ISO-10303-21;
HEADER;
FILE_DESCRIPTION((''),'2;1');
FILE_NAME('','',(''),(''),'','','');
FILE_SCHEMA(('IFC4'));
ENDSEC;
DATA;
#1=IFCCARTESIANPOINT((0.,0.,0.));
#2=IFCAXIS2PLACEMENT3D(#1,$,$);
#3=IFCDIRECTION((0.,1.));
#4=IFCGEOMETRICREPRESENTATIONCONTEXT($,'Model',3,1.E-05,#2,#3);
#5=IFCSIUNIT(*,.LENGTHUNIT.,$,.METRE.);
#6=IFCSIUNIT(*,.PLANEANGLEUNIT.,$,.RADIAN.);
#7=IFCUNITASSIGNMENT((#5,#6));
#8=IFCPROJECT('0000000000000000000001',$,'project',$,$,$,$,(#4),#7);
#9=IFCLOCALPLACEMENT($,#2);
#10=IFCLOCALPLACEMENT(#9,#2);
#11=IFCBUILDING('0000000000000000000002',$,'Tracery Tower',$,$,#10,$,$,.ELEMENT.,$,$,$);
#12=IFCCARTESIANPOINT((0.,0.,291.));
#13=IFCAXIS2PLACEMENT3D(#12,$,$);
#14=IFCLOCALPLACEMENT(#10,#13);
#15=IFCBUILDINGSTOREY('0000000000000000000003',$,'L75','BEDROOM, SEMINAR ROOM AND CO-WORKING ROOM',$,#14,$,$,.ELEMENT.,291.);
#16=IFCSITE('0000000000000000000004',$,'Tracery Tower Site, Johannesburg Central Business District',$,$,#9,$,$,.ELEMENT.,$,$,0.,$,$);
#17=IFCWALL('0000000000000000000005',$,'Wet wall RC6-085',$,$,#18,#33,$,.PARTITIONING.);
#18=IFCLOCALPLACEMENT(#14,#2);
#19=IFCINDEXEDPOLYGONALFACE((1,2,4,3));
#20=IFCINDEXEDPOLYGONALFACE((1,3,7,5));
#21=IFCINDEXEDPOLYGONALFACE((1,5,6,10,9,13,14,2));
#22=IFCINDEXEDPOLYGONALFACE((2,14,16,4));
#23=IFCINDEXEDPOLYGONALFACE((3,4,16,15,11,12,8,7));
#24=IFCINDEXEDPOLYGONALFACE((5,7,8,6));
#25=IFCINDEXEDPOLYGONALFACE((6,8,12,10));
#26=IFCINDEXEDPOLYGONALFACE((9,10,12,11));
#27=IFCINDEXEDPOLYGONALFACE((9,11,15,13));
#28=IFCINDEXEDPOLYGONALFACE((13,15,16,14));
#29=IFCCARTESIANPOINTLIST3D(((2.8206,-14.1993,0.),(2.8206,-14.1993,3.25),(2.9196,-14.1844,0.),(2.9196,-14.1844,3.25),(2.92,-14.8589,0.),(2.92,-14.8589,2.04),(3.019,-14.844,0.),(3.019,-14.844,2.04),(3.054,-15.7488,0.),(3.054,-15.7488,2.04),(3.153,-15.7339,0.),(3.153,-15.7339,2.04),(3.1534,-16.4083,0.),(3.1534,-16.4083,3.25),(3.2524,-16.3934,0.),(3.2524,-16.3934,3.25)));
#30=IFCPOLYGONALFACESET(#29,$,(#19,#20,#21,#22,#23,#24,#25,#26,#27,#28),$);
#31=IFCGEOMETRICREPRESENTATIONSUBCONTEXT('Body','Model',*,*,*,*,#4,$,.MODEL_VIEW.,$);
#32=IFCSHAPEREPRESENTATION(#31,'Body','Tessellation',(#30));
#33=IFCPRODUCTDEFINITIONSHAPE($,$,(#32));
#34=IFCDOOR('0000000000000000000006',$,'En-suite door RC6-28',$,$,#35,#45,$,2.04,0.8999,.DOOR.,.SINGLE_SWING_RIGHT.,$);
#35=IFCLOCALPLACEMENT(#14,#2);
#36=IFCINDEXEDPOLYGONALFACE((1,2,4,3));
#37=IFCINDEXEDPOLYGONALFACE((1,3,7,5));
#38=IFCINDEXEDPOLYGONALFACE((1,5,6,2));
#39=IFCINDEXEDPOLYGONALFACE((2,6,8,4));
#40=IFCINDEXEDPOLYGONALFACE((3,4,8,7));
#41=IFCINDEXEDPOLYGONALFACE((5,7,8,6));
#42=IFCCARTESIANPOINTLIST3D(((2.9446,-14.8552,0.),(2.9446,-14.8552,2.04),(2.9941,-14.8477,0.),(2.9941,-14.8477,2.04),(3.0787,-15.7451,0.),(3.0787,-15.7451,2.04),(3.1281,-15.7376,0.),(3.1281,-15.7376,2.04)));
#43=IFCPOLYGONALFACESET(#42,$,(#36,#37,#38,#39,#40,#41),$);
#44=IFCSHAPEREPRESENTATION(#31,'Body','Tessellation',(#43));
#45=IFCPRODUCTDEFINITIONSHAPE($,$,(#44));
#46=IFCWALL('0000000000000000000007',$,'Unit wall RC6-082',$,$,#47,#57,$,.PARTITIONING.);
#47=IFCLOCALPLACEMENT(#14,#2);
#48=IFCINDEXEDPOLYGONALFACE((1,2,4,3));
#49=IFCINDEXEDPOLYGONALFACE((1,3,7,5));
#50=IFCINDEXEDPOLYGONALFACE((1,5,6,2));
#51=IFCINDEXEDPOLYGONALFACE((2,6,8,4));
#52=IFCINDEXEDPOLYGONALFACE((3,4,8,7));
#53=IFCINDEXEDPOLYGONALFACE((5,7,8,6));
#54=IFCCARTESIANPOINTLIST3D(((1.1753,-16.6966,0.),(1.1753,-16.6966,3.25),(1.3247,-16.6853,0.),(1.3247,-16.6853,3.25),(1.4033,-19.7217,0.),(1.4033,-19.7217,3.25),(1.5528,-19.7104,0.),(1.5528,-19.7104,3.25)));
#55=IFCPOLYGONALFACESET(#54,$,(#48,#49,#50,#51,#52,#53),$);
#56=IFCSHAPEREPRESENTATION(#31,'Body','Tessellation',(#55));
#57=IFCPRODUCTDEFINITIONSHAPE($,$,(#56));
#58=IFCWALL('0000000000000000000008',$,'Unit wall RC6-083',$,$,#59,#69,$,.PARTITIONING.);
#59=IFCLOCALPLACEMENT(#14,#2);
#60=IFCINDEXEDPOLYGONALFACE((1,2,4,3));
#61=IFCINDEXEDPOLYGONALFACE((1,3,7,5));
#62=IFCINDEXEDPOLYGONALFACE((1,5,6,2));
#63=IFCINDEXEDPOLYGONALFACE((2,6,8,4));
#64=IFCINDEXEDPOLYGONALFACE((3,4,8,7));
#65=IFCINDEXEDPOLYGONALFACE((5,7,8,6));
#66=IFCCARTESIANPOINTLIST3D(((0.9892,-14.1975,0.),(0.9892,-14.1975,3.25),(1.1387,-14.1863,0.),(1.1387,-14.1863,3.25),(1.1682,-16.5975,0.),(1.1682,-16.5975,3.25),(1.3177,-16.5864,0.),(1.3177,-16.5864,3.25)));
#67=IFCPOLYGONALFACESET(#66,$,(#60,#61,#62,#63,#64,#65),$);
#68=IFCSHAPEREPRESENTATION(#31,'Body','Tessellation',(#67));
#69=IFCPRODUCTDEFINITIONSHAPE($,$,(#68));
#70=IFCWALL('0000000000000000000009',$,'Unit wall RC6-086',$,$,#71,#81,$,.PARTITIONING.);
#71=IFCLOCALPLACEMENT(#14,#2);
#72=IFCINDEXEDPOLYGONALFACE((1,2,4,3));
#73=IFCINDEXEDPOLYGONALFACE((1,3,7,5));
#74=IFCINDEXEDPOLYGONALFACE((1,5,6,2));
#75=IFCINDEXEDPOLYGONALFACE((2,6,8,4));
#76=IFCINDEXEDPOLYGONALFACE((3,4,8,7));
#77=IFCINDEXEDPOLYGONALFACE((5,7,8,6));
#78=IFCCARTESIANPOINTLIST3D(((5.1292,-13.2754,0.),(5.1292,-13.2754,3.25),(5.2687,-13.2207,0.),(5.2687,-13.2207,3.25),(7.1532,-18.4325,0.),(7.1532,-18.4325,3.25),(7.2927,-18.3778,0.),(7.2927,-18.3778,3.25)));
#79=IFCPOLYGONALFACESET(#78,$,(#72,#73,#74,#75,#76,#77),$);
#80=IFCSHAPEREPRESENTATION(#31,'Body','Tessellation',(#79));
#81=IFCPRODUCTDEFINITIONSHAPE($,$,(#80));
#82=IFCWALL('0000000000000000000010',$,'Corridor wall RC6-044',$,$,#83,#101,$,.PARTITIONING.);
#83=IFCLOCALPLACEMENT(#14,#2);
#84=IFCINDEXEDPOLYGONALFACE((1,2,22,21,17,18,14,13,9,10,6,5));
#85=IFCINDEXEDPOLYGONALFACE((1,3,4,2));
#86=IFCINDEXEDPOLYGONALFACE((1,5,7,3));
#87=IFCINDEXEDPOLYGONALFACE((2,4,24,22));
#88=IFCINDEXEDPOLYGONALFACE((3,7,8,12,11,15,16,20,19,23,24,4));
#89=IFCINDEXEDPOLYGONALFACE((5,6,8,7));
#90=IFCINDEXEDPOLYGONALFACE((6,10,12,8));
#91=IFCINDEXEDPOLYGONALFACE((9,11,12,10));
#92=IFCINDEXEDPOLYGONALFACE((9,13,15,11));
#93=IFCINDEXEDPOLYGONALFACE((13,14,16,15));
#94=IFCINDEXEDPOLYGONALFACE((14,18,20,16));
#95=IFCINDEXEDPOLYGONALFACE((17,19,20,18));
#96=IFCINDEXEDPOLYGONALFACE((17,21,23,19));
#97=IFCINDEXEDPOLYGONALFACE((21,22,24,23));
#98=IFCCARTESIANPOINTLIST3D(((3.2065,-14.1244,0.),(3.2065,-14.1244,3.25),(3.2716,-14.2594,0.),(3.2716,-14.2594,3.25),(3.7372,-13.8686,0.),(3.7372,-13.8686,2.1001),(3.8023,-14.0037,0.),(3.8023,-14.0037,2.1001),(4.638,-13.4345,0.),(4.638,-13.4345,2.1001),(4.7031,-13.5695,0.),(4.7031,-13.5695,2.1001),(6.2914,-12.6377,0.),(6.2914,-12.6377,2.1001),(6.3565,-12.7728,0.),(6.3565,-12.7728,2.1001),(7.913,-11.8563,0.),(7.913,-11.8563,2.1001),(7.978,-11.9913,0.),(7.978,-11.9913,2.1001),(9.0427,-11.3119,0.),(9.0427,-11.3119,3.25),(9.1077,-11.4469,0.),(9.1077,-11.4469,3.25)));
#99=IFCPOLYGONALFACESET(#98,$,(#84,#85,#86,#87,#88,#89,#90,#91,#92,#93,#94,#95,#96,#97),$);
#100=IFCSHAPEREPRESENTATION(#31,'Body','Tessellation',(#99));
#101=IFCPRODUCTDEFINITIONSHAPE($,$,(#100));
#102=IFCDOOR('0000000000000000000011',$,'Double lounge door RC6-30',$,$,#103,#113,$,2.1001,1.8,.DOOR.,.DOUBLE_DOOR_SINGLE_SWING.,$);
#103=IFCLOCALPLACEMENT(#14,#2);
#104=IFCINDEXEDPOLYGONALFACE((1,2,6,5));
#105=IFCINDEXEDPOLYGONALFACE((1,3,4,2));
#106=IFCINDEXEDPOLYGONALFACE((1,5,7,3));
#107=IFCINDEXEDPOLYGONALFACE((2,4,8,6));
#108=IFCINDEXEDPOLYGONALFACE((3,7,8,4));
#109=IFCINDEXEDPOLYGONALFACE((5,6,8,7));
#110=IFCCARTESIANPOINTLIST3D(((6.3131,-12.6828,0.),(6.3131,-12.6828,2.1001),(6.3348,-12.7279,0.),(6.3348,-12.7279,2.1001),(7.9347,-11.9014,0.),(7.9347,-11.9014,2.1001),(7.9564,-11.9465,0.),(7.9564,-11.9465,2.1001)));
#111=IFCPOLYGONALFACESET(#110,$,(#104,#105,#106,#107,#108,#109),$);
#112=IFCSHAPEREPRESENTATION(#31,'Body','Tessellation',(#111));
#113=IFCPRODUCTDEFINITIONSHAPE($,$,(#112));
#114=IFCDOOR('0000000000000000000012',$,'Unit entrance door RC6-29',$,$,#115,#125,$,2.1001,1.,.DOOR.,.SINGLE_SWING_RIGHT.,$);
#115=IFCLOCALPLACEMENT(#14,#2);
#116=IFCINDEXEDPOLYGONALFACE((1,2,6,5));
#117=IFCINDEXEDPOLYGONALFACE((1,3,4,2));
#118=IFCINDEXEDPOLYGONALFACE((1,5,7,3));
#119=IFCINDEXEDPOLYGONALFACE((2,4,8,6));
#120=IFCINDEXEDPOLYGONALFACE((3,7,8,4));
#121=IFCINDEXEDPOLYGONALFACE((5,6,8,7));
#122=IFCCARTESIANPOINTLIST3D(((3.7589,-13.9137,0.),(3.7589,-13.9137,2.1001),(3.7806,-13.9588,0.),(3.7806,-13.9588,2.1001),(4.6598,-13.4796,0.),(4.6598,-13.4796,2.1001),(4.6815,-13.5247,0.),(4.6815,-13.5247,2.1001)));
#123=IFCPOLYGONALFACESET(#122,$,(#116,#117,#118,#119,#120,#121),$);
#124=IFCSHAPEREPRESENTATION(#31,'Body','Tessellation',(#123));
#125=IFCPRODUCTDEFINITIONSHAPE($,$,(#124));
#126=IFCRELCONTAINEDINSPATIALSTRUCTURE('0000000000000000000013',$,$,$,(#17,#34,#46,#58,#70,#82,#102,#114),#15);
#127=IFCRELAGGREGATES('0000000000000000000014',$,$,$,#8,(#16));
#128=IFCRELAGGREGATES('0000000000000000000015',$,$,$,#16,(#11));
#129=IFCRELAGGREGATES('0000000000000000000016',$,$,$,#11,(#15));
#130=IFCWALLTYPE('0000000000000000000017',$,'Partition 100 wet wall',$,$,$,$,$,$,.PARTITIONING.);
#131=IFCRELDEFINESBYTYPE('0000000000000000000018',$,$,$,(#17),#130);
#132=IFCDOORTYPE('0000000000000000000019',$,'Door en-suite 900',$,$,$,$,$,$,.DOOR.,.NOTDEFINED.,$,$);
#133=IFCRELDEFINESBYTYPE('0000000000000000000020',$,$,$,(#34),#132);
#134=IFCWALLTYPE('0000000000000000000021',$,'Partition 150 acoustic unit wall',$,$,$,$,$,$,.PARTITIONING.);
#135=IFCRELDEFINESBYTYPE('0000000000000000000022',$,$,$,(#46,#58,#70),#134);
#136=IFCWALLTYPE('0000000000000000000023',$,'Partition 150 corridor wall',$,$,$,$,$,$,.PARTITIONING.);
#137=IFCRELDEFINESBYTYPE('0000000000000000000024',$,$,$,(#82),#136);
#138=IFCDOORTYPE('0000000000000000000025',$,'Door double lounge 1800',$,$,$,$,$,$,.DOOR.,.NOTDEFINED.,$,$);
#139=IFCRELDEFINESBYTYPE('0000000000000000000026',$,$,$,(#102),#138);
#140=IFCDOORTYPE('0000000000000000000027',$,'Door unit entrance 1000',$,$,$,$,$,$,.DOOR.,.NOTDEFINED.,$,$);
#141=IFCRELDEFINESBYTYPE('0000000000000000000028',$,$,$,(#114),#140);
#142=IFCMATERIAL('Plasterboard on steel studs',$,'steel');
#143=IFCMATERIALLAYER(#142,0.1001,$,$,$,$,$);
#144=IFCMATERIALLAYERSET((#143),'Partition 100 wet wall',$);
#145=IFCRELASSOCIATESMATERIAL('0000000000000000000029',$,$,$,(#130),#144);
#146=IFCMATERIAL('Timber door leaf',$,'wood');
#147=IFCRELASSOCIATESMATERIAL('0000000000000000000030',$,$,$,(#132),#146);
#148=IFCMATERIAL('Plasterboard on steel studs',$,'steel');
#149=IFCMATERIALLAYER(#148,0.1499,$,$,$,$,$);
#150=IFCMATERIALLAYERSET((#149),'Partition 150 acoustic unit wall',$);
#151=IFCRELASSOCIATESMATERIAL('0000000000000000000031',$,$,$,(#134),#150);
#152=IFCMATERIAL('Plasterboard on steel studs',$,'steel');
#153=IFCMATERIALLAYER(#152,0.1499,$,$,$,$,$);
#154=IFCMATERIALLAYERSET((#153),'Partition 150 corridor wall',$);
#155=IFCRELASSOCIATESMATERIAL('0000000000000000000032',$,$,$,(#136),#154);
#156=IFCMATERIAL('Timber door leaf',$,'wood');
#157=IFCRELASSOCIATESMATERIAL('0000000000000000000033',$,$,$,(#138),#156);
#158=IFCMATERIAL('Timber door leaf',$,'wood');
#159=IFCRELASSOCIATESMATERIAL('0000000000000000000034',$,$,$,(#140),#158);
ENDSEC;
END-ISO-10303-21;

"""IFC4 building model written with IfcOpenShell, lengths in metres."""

from ifc_helpers import new_model, si_unit, direction, frame, frame_2d, origin, place, context, subcontext, project, spatial, rectangle, extrude, material, layer, layer_set, type_object, element, fill, save


model = new_model("IFC4")

# Units and contexts
model_context = context("Model", 3, precision=1e-05, world=origin(), true_north=direction((0.0, 1.0)))
body_context = subcontext(model_context, "Body", "Model", "MODEL_VIEW")
ifc_project = project(units=[si_unit("LENGTHUNIT", "METRE"), si_unit("PLANEANGLEUNIT", "RADIAN")], contexts=[model_context])

# Site, building, storey
site_placement = place(None, origin())
site = spatial("IfcSite", under=ifc_project, at=site_placement, Name="Tracery Tower Site, Johannesburg Central Business District", CompositionType="ELEMENT", RefElevation=0.0)
building_placement = place(site_placement, origin())
building = spatial("IfcBuilding", under=site, at=building_placement, Name="Tracery Tower", CompositionType="ELEMENT")
storey_placement = place(building_placement, frame((0.0, 0.0, 291.0)))
storey = spatial("IfcBuildingStorey", under=building, at=storey_placement, Name="L75", Description="BEDROOM, SEMINAR ROOM AND CO-WORKING ROOM", CompositionType="ELEMENT", Elevation=291.0)

# Shared definitions
ifc_material_1 = material(Name="Plasterboard on steel studs", Category="steel")
ifc_layer_1 = layer(ifc_material_1, 0.1001)
ifc_layer_set_1 = layer_set([ifc_layer_1], Name="Partition 100 wet wall")
wall_type_1 = type_object("IfcWallType", Name="Partition 100 wet wall", PredefinedType="PARTITIONING", material=ifc_layer_set_1)
ifc_material_2 = material(Name="Timber door leaf", Category="wood")
door_type_1 = type_object("IfcDoorType", Name="Door en-suite 900", OperationType="NOTDEFINED", PredefinedType="DOOR", material=ifc_material_2)

# Wall, opening, door
wall_1_placement = place(storey_placement, frame((2.8701, -14.1919, 0.0), z_axis=(0.0, 0.0, 1.0), x_axis=(0.14896, -0.988843, 0.0)))
wall_1 = element("IfcWall", 1, at=wall_1_placement, inside=storey, type_object=wall_type_1, Name="Wet wall RC6-085", PredefinedType="PARTITIONING", context=body_context, shape_type="SweptSolid", body=[
    extrude(rectangle(XDim=2.2339, YDim=0.1001, at=frame_2d((1.1169, 0.0))), origin(), (0.0, 0.0, 1.0), 3.25),
])
opening_1_placement = place(wall_1_placement, frame((0.667, 0.0, 0.0)))
opening_1 = element("IfcOpeningElement", 2, at=opening_1_placement, cuts=wall_1, PredefinedType="OPENING", context=body_context, shape_type="SweptSolid", body=[
    extrude(rectangle(XDim=0.8999, YDim=2.04, at=frame_2d((0.45, 1.02))), frame((0.0, 0.05, 0.0), z_axis=(0.0, -1.0, 0.0), x_axis=(1.0, 0.0, 0.0)), (0.0, 0.0, 1.0), 0.1001),
])
door_1_placement = place(opening_1_placement, origin())
door_1 = element("IfcDoor", 3, at=door_1_placement, inside=storey, type_object=door_type_1, Name="En-suite door RC6-28", OperationType="SINGLE_SWING_RIGHT", OverallHeight=2.04, OverallWidth=0.8999, PredefinedType="DOOR", context=body_context, shape_type="SweptSolid", body=[
    extrude(rectangle(XDim=0.8999, YDim=2.04, at=frame_2d((0.45, 1.02))), frame((0.0, 0.0249, 0.0), z_axis=(0.0, -1.0, 0.0), x_axis=(1.0, 0.0, 0.0)), (0.0, 0.0, 1.0), 0.05),
])
fill(opening_1, door_1)

# Walls
ifc_material_3 = material(Name="Plasterboard on steel studs", Category="steel")
ifc_layer_2 = layer(ifc_material_3, 0.1499)
ifc_layer_set_2 = layer_set([ifc_layer_2], Name="Partition 150 acoustic unit wall")
wall_type_2 = type_object("IfcWallType", Name="Partition 150 acoustic unit wall", PredefinedType="PARTITIONING", material=ifc_layer_set_2)
wall_2_placement = place(storey_placement, frame((1.25, -16.6909, 0.0), z_axis=(0.0, 0.0, 1.0), x_axis=(0.075164, -0.997171, 0.0)))
element("IfcWall", 4, at=wall_2_placement, inside=storey, type_object=wall_type_2, Name="Unit wall RC6-082", PredefinedType="PARTITIONING", context=body_context, shape_type="SweptSolid", body=[
    extrude(rectangle(XDim=3.0337, YDim=0.1499, at=frame_2d((1.5168, 0.0))), origin(), (0.0, 0.0, 1.0), 3.25),
])
wall_3_placement = place(storey_placement, frame((1.064, -14.1919, 0.0), z_axis=(0.0, 0.0, 1.0), x_axis=(0.074354, -0.997232, 0.0)))
element("IfcWall", 5, at=wall_3_placement, inside=storey, type_object=wall_type_2, Name="Unit wall RC6-083", PredefinedType="PARTITIONING", context=body_context, shape_type="SweptSolid", body=[
    extrude(rectangle(XDim=2.4067, YDim=0.1499, at=frame_2d((1.2034, 0.0))), origin(), (0.0, 0.0, 1.0), 3.25),
])
wall_4_placement = place(storey_placement, frame((5.199, -13.248, 0.0), z_axis=(0.0, 0.0, 1.0), x_axis=(0.365335, -0.930876, 0.0)))
element("IfcWall", 6, at=wall_4_placement, inside=storey, type_object=wall_type_2, Name="Unit wall RC6-086", PredefinedType="PARTITIONING", context=body_context, shape_type="SweptSolid", body=[
    extrude(rectangle(XDim=5.54, YDim=0.1499, at=frame_2d((2.77, 0.0))), origin(), (0.0, 0.0, 1.0), 3.25),
])

# Wall, openings, doors
ifc_material_4 = material(Name="Plasterboard on steel studs", Category="steel")
ifc_layer_3 = layer(ifc_material_4, 0.1499)
ifc_layer_set_3 = layer_set([ifc_layer_3], Name="Partition 150 corridor wall")
wall_type_3 = type_object("IfcWallType", Name="Partition 150 corridor wall", PredefinedType="PARTITIONING", material=ifc_layer_set_3)
wall_5_placement = place(storey_placement, frame((3.239, -14.1919, 0.0), z_axis=(0.0, 0.0, 1.0), x_axis=(0.900852, 0.434127, 0.0)))
wall_5 = element("IfcWall", 7, at=wall_5_placement, inside=storey, type_object=wall_type_3, Name="Corridor wall RC6-044", PredefinedType="PARTITIONING", context=body_context, shape_type="SweptSolid", body=[
    extrude(rectangle(XDim=6.4785, YDim=0.1499, at=frame_2d((3.2393, 0.0))), origin(), (0.0, 0.0, 1.0), 3.25),
])
opening_2_placement = place(wall_5_placement, frame((0.5891, 0.0, 0.0)))
opening_2 = element("IfcOpeningElement", 8, at=opening_2_placement, cuts=wall_5, PredefinedType="OPENING", context=body_context, shape_type="SweptSolid", body=[
    extrude(rectangle(XDim=1.0, YDim=2.1001, at=frame_2d((0.5, 1.05))), frame((0.0, 0.075, 0.0), z_axis=(0.0, -1.0, 0.0), x_axis=(1.0, 0.0, 0.0)), (0.0, 0.0, 1.0), 0.1499),
])
opening_3_placement = place(wall_5_placement, frame((3.4246, 0.0, 0.0)))
opening_3 = element("IfcOpeningElement", 9, at=opening_3_placement, cuts=wall_5, PredefinedType="OPENING", context=body_context, shape_type="SweptSolid", body=[
    extrude(rectangle(XDim=1.8, YDim=2.1001, at=frame_2d((0.8999, 1.05))), frame((0.0, 0.075, 0.0), z_axis=(0.0, -1.0, 0.0), x_axis=(1.0, 0.0, 0.0)), (0.0, 0.0, 1.0), 0.1499),
])
ifc_material_5 = material(Name="Timber door leaf", Category="wood")
door_type_2 = type_object("IfcDoorType", Name="Door double lounge 1800", OperationType="NOTDEFINED", PredefinedType="DOOR", material=ifc_material_5)
door_2_placement = place(opening_3_placement, origin())
door_2 = element("IfcDoor", 10, at=door_2_placement, inside=storey, type_object=door_type_2, Name="Double lounge door RC6-30", OperationType="DOUBLE_DOOR_SINGLE_SWING", OverallHeight=2.1001, OverallWidth=1.8, PredefinedType="DOOR", context=body_context, shape_type="SweptSolid", body=[
    extrude(rectangle(XDim=1.8, YDim=2.1001, at=frame_2d((0.8999, 1.05))), frame((0.0, 0.0249, 0.0), z_axis=(0.0, -1.0, 0.0), x_axis=(1.0, 0.0, 0.0)), (0.0, 0.0, 1.0), 0.05),
])
fill(opening_3, door_2)
ifc_material_6 = material(Name="Timber door leaf", Category="wood")
door_type_3 = type_object("IfcDoorType", Name="Door unit entrance 1000", OperationType="NOTDEFINED", PredefinedType="DOOR", material=ifc_material_6)
door_3_placement = place(opening_2_placement, origin())
door_3 = element("IfcDoor", 11, at=door_3_placement, inside=storey, type_object=door_type_3, Name="Unit entrance door RC6-29", OperationType="SINGLE_SWING_RIGHT", OverallHeight=2.1001, OverallWidth=1.0, PredefinedType="DOOR", context=body_context, shape_type="SweptSolid", body=[
    extrude(rectangle(XDim=1.0, YDim=2.1001, at=frame_2d((0.5, 1.05))), frame((0.0, 0.0249, 0.0), z_axis=(0.0, -1.0, 0.0), x_axis=(1.0, 0.0, 0.0)), (0.0, 0.0, 1.0), 0.05),
])
fill(opening_2, door_3)

save(model, "model.ifc")
